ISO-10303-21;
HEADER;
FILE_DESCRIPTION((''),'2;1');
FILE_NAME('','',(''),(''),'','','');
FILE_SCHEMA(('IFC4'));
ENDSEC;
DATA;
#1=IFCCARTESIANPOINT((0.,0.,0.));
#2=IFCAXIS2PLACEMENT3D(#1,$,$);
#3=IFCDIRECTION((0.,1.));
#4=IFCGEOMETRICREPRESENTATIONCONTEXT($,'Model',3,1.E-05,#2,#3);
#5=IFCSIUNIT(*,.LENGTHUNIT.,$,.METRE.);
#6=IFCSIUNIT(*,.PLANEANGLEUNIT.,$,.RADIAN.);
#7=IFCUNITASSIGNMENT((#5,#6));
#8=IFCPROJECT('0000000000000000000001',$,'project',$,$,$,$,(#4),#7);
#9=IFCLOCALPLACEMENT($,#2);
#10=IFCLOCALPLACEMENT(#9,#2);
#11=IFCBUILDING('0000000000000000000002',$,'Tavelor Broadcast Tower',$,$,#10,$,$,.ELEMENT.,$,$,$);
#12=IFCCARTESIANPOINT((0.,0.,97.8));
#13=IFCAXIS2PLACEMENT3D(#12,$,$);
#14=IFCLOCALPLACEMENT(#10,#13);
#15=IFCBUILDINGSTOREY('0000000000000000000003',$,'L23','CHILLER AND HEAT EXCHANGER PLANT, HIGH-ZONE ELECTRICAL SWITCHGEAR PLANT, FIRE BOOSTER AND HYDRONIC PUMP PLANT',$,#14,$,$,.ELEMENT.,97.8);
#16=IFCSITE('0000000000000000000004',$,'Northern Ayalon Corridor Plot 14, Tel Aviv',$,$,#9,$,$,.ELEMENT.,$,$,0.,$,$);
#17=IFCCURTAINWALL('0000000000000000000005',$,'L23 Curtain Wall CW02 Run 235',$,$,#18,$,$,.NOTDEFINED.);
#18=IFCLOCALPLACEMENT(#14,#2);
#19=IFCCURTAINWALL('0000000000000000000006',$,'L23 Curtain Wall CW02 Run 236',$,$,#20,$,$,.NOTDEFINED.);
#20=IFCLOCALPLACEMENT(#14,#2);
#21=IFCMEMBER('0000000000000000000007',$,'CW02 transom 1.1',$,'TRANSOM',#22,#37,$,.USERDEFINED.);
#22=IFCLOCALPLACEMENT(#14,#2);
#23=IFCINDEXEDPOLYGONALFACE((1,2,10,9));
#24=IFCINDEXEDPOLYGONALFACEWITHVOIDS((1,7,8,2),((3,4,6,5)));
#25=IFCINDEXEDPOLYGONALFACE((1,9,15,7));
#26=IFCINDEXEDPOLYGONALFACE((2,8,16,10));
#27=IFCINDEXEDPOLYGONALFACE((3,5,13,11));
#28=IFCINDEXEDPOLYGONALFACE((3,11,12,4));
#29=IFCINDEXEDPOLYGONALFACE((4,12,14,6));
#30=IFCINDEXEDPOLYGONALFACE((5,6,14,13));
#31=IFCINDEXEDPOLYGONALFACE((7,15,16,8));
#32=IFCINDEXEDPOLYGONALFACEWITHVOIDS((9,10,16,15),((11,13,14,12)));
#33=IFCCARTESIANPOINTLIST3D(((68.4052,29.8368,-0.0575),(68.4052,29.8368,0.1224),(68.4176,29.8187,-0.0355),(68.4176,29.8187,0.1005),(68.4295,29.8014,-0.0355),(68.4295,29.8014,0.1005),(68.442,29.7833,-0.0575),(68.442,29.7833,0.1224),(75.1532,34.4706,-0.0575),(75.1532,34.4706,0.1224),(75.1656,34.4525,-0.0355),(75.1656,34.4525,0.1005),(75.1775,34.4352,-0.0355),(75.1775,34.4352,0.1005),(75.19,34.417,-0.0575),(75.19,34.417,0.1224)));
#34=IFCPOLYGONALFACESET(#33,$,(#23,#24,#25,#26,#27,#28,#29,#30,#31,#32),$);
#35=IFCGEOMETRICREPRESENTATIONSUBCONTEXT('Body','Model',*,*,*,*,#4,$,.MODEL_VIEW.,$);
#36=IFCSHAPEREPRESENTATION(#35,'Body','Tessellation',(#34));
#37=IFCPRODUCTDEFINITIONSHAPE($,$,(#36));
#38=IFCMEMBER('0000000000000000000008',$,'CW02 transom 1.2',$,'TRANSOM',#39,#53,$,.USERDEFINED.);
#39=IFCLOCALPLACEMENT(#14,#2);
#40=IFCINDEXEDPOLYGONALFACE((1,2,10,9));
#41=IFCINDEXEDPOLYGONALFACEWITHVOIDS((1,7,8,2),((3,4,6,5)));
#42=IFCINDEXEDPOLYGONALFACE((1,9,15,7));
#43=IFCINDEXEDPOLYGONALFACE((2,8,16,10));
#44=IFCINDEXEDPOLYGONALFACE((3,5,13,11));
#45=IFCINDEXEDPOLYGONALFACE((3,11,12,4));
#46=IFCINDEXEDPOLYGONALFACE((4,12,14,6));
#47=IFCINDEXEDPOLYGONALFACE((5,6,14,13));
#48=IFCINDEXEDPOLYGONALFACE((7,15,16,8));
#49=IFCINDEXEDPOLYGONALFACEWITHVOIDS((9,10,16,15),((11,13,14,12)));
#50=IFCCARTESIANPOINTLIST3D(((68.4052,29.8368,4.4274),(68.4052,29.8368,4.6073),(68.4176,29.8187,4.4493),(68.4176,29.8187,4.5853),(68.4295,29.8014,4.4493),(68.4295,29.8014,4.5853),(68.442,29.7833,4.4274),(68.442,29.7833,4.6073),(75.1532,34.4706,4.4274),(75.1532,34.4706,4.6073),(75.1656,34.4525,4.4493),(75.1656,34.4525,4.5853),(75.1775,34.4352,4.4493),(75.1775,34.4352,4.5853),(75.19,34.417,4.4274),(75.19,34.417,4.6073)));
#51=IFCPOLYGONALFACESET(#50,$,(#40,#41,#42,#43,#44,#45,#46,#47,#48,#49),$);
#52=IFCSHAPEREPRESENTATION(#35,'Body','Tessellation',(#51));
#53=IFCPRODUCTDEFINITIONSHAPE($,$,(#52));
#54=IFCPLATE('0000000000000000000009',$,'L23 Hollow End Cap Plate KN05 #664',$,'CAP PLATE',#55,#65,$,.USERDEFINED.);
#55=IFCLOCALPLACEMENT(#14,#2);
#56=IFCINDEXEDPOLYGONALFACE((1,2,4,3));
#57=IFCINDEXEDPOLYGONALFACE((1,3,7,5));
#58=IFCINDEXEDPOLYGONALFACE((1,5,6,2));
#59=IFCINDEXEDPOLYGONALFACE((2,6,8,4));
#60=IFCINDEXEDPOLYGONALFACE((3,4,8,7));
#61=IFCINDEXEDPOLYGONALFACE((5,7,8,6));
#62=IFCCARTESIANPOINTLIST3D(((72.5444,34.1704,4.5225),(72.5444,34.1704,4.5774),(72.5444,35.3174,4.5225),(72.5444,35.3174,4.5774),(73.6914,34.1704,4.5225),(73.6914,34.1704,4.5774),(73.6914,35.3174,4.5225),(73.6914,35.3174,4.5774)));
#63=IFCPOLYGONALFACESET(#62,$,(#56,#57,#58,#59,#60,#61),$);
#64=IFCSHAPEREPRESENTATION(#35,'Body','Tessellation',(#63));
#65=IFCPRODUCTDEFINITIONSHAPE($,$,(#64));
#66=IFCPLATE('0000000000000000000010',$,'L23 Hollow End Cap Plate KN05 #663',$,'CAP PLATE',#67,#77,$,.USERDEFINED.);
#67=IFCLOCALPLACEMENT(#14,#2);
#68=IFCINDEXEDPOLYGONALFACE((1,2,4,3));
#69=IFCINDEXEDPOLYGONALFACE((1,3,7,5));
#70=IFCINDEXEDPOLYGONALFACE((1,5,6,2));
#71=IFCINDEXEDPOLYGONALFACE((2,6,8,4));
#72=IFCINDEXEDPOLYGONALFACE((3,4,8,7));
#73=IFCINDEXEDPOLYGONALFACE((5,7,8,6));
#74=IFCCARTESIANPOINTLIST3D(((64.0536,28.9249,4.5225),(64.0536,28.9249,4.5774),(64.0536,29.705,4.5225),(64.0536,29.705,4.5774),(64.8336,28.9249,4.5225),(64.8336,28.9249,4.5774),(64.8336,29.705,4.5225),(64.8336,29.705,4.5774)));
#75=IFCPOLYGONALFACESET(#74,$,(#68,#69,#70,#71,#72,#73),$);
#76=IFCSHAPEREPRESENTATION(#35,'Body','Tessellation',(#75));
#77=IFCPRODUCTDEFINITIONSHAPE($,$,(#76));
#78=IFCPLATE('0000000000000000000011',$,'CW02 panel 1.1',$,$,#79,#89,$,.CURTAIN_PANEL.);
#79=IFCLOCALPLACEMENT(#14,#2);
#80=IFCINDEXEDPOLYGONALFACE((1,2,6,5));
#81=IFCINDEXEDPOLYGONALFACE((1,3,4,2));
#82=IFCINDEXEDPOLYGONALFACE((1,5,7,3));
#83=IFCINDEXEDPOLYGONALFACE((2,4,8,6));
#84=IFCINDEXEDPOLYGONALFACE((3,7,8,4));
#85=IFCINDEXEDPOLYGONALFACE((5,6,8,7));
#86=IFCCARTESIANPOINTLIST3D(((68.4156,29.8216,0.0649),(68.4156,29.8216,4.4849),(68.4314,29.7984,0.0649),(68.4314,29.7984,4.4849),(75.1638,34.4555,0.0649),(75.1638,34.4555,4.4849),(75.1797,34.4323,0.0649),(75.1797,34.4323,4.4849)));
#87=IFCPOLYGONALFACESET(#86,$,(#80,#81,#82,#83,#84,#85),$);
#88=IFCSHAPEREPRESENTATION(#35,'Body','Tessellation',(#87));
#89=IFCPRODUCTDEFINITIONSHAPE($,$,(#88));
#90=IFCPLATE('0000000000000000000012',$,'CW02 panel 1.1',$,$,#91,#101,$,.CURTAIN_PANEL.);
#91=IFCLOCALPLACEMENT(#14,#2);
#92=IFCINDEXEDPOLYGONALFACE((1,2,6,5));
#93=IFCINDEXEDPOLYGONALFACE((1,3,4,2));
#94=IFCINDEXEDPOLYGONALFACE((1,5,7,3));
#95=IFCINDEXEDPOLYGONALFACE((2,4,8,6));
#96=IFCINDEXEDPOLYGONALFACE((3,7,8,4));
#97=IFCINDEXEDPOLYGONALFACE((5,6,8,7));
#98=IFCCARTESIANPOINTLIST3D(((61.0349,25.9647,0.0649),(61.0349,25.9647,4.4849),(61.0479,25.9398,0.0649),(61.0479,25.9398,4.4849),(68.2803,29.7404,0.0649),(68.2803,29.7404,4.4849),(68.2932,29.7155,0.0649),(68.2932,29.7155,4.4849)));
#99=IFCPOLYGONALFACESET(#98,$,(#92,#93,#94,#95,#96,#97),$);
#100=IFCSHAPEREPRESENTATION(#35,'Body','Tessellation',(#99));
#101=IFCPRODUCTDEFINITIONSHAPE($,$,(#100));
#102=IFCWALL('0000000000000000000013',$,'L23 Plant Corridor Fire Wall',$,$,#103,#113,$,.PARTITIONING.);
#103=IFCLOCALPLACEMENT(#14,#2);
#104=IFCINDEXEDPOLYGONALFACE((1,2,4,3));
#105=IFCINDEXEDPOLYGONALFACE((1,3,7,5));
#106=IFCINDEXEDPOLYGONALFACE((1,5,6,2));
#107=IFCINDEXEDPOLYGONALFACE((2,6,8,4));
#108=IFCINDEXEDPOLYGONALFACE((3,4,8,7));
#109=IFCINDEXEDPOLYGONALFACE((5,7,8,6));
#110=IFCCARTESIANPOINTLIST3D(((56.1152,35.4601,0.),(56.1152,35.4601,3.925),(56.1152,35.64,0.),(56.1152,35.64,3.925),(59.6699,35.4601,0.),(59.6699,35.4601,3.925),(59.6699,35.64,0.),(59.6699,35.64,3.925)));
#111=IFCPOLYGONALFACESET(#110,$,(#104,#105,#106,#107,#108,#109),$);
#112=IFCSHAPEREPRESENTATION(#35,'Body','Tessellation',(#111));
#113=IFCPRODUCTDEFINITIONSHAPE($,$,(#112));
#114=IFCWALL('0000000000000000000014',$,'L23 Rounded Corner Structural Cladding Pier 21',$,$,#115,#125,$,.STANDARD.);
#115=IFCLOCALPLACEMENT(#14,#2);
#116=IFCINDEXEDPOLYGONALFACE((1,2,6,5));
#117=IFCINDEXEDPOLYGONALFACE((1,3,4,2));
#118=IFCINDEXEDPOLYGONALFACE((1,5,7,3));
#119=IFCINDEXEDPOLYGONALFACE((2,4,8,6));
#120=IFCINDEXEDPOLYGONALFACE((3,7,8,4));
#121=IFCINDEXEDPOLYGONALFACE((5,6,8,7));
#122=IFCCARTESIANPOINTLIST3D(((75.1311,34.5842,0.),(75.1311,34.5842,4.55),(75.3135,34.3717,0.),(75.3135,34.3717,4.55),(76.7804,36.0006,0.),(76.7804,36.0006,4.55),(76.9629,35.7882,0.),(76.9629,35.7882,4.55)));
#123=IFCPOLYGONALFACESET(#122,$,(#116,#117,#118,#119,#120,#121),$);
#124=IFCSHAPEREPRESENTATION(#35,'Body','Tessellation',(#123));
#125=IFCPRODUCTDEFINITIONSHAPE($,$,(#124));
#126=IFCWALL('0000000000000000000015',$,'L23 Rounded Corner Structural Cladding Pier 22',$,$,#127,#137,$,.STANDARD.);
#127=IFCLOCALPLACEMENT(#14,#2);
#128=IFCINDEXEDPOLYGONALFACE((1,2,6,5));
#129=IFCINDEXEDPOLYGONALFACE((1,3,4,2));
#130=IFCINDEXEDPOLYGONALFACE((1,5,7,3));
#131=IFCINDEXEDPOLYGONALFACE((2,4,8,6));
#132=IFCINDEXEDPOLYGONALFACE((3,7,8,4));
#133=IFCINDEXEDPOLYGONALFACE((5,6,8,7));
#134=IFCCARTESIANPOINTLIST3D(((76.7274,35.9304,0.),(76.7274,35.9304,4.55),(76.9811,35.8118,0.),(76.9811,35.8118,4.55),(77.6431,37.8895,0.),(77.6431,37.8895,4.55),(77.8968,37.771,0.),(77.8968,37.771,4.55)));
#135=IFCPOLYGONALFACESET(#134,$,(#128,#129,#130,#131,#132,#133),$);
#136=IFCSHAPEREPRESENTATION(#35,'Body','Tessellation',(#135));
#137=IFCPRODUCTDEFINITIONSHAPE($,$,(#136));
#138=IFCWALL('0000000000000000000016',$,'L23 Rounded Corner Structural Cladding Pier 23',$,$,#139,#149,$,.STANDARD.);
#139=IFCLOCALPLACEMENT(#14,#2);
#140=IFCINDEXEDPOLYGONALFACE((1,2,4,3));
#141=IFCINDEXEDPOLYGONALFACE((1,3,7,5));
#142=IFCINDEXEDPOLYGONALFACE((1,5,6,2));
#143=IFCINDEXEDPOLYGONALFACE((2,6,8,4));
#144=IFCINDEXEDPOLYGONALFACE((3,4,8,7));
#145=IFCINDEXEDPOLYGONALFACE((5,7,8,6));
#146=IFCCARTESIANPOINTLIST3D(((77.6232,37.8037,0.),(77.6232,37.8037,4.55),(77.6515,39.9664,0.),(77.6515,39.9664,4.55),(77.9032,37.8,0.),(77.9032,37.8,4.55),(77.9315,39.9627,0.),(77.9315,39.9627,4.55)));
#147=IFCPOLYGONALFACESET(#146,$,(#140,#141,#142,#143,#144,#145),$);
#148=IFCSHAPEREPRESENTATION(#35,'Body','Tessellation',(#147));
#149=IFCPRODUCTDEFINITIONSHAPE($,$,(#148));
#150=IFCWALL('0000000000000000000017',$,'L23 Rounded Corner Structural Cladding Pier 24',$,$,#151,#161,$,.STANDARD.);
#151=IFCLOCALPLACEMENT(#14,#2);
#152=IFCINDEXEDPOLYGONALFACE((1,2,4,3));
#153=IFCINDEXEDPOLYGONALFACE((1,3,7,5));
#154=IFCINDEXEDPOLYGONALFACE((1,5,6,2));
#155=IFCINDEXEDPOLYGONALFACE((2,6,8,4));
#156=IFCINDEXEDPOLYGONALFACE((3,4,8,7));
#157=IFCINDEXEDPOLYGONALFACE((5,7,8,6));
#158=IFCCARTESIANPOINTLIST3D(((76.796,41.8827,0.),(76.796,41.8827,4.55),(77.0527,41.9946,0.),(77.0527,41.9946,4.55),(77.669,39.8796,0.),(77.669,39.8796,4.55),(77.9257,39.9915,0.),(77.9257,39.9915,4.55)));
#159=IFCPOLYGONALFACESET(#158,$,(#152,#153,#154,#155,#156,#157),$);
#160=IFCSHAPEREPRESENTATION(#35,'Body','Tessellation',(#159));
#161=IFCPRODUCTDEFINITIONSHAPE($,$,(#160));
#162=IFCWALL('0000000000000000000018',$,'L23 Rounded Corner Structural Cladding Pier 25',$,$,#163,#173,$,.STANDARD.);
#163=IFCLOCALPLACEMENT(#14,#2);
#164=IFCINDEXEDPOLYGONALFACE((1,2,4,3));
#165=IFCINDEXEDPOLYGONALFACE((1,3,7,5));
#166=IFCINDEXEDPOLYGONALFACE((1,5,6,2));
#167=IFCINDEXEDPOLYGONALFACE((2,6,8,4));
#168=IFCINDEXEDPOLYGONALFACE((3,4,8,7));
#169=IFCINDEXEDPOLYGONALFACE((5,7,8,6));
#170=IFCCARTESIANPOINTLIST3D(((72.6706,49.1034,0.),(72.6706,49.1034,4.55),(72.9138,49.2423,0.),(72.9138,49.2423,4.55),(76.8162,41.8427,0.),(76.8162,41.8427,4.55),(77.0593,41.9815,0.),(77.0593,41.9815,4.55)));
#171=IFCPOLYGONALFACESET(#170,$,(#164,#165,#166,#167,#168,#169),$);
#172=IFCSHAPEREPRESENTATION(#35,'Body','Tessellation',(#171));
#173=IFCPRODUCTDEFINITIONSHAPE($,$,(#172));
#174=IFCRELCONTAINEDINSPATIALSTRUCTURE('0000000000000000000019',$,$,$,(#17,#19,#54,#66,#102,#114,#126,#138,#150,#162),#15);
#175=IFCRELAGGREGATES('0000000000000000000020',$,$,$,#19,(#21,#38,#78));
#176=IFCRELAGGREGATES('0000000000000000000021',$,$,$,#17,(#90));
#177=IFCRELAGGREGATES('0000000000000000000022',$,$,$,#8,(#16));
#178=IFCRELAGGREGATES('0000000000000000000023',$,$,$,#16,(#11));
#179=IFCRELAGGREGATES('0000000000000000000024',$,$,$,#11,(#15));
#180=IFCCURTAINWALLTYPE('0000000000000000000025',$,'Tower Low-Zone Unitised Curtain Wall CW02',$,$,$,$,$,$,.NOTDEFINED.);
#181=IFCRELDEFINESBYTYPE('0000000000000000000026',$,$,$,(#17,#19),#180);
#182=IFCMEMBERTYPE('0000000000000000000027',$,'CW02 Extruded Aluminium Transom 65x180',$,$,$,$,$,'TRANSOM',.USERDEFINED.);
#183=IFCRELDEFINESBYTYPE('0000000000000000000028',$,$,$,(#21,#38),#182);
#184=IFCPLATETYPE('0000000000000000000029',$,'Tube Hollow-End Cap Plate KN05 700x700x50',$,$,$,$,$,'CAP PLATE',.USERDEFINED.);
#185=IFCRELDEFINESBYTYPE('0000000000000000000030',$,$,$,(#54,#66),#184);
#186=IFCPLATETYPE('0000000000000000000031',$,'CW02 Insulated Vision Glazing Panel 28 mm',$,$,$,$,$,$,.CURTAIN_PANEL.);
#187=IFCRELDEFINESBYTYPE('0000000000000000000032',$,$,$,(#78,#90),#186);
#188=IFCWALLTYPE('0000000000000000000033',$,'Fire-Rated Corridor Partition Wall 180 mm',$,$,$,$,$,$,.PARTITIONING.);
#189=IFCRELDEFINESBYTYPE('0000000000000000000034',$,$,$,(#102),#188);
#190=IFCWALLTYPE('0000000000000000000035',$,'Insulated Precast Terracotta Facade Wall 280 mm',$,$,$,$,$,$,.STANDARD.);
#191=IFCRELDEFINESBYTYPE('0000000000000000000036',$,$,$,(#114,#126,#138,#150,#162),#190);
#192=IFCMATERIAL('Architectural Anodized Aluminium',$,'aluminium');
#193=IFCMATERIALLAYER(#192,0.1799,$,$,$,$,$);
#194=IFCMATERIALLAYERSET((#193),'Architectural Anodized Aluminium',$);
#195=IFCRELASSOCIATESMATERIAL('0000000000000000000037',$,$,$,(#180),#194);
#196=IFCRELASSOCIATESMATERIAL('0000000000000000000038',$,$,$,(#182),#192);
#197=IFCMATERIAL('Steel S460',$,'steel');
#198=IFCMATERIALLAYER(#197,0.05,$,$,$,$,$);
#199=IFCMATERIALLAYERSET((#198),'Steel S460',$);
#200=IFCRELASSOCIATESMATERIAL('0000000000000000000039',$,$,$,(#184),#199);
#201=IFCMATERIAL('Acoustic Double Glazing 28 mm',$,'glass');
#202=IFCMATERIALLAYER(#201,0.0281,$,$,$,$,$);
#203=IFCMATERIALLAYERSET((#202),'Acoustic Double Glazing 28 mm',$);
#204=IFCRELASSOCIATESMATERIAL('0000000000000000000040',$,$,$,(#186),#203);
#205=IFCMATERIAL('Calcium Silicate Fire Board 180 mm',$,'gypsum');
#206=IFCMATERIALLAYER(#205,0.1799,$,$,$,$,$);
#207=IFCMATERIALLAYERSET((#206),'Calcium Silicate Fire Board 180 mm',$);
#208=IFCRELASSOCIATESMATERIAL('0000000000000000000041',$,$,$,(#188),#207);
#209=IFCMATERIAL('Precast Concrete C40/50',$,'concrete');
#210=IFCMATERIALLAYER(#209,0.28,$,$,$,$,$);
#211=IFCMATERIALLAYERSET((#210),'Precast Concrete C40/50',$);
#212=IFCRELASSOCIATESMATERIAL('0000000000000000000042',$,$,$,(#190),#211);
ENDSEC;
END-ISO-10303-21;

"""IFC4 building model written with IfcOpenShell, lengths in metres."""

from ifc_helpers import new_model, si_unit, direction, frame, frame_2d, origin, origin_2d, place, context, subcontext, project, spatial, rectangle, hollow_rectangle, extrude, source, transform, mapped, material, layer, layer_set, material_profile, profile_set, type_object, type_shapes, element, aggregate, save


model = new_model("IFC4")

# Units and contexts
model_context = context("Model", 3, precision=1e-05, world=origin(), true_north=direction((0.0, 1.0)))
body_context = subcontext(model_context, "Body", "Model", "MODEL_VIEW")
ifc_project = project(units=[si_unit("LENGTHUNIT", "METRE"), si_unit("PLANEANGLEUNIT", "RADIAN")], contexts=[model_context])

# Site, building, storey
site_placement = place(None, origin())
site = spatial("IfcSite", under=ifc_project, at=site_placement, Name="Northern Ayalon Corridor Plot 14, Tel Aviv", CompositionType="ELEMENT", RefElevation=0.0)
building_placement = place(site_placement, origin())
building = spatial("IfcBuilding", under=site, at=building_placement, Name="Tavelor Broadcast Tower", CompositionType="ELEMENT")
storey_placement = place(building_placement, frame((0.0, 0.0, 97.8)))
storey = spatial("IfcBuildingStorey", under=building, at=storey_placement, Name="L23", Description="CHILLER AND HEAT EXCHANGER PLANT, HIGH-ZONE ELECTRICAL SWITCHGEAR PLANT, FIRE BOOSTER AND HYDRONIC PUMP PLANT", CompositionType="ELEMENT", Elevation=97.8)

# Shared definitions
ifc_material_1 = material(Name="Steel S460", Category="steel")

# Shared definitions
ifc_material_2 = material(Name="Architectural Anodized Aluminium", Category="aluminium")
ifc_layer_1 = layer(ifc_material_2, 0.1799)
ifc_layer_set_1 = layer_set([ifc_layer_1], Name="Architectural Anodized Aluminium")
curtain_wall_type = type_object("IfcCurtainWallType", Name="Tower Low-Zone Unitised Curtain Wall CW02", PredefinedType="NOTDEFINED", material=ifc_layer_set_1)

# Curtain walls
curtain_wall_1_placement = place(storey_placement, origin())
curtain_wall_1 = element("IfcCurtainWall", 1, at=curtain_wall_1_placement, inside=storey, type_object=curtain_wall_type, Name="L23 Curtain Wall CW02 Run 235", PredefinedType="NOTDEFINED")
curtain_wall_2_placement = place(storey_placement, origin())
curtain_wall_2 = element("IfcCurtainWall", 2, at=curtain_wall_2_placement, inside=storey, type_object=curtain_wall_type, Name="L23 Curtain Wall CW02 Run 236", PredefinedType="NOTDEFINED")

# Members
ifc_material_profile_1 = material_profile(ifc_material_2, hollow_rectangle(XDim=0.0649, YDim=0.1799, WallThickness=0.022, at=origin_2d()), Name="RHS 65x180x22")
ifc_profile_set_1 = profile_set([ifc_material_profile_1], Name="Architectural Anodized Aluminium")
member_type_1 = type_object("IfcMemberType", Name="CW02 Extruded Aluminium Transom 65x180", ElementType="TRANSOM", PredefinedType="USERDEFINED", material=ifc_profile_set_1)
shared_shape_1 = source(origin(), body_context, "Body", "SweptSolid", [
    extrude(hollow_rectangle(XDim=0.0649, YDim=0.1799, WallThickness=0.022, at=origin_2d()), origin(), (0.0, 0.0, 1.0), 8.1858),
])
member_1_placement = place(storey_placement, frame((68.4236, 29.8101, 0.0325), z_axis=(0.824355, 0.566073, 0.0), x_axis=(-0.566073, 0.824355, 0.0)))
member_1 = element("IfcMember", 3, at=member_1_placement, type_object=member_type_1, Name="CW02 transom 1.1", ObjectType="TRANSOM", PredefinedType="USERDEFINED", context=body_context, shape_type="MappedRepresentation", body=[
    mapped(shared_shape_1, transform((0.0, 0.0, 0.0), scale=1.0)),
])
member_2_placement = place(storey_placement, frame((68.4236, 29.8101, 4.5173), z_axis=(0.824355, 0.566073, 0.0), x_axis=(-0.566073, 0.824355, 0.0)))
member_2 = element("IfcMember", 4, at=member_2_placement, type_object=member_type_1, Name="CW02 transom 1.2", ObjectType="TRANSOM", PredefinedType="USERDEFINED", context=body_context, shape_type="MappedRepresentation", body=[
    mapped(shared_shape_1, transform((0.0, 0.0, 0.0), scale=1.0)),
])

# Plates
ifc_layer_2 = layer(ifc_material_1, 0.05)
ifc_layer_set_2 = layer_set([ifc_layer_2], Name="Steel S460")
plate_type_1 = type_object("IfcPlateType", Name="Tube Hollow-End Cap Plate KN05 700x700x50", ElementType="CAP PLATE", PredefinedType="USERDEFINED", material=ifc_layer_set_2)
shared_shape_2 = source(origin(), body_context, "Body", "SweptSolid", [
    extrude(rectangle(XDim=1.147, YDim=1.147, at=origin_2d()), origin(), (0.0, 0.0, 1.0), 0.0549),
])
plate_1_placement = place(storey_placement, frame((73.1179, 34.7439, 4.5225), z_axis=(0.0, 0.0, 1.0), x_axis=(1.0, 0.0, 0.0)))
element("IfcPlate", 5, at=plate_1_placement, inside=storey, type_object=plate_type_1, Name="L23 Hollow End Cap Plate KN05 #664", ObjectType="CAP PLATE", PredefinedType="USERDEFINED", context=body_context, shape_type="MappedRepresentation", body=[
    mapped(shared_shape_2, transform((0.0, 0.0, 0.0), scale=1.0)),
])
shared_shape_3 = source(origin(), body_context, "Body", "SweptSolid", [
    extrude(rectangle(XDim=0.78, YDim=0.78, at=origin_2d()), origin(), (0.0, 0.0, 1.0), 0.0549),
])
type_shapes(plate_type_1, [shared_shape_2, shared_shape_3])
plate_2_placement = place(storey_placement, frame((64.4436, 29.3149, 4.5225), z_axis=(0.0, 0.0, 1.0), x_axis=(1.0, 0.0, 0.0)))
element("IfcPlate", 6, at=plate_2_placement, inside=storey, type_object=plate_type_1, Name="L23 Hollow End Cap Plate KN05 #663", ObjectType="CAP PLATE", PredefinedType="USERDEFINED", context=body_context, shape_type="MappedRepresentation", body=[
    mapped(shared_shape_3, transform((0.0, 0.0, 0.0), scale=1.0)),
])

# Plates
ifc_material_3 = material(Name="Acoustic Double Glazing 28 mm", Category="glass")
ifc_layer_3 = layer(ifc_material_3, 0.0281)
ifc_layer_set_3 = layer_set([ifc_layer_3], Name="Acoustic Double Glazing 28 mm")
plate_type_2 = type_object("IfcPlateType", Name="CW02 Insulated Vision Glazing Panel 28 mm", PredefinedType="CURTAIN_PANEL", material=ifc_layer_set_3)
shared_shape_4 = source(origin(), body_context, "Body", "SweptSolid", [
    extrude(rectangle(XDim=8.186, YDim=0.0281, at=origin_2d()), origin(), (0.0, 0.0, 1.0), 4.4199),
])
plate_3_placement = place(storey_placement, frame((71.7976, 32.127, 0.0649), z_axis=(0.0, 0.0, 1.0), x_axis=(0.824357, 0.56607, 0.0)))
plate_3 = element("IfcPlate", 7, at=plate_3_placement, type_object=plate_type_2, Name="CW02 panel 1.1", PredefinedType="CURTAIN_PANEL", context=body_context, shape_type="MappedRepresentation", body=[
    mapped(shared_shape_4, transform((0.0, 0.0, 0.0), scale=1.0)),
])
aggregate(curtain_wall_2, [member_1, member_2, plate_3])
shared_shape_5 = source(origin(), body_context, "Body", "SweptSolid", [
    extrude(rectangle(XDim=8.1702, YDim=0.0281, at=origin_2d()), origin(), (0.0, 0.0, 1.0), 4.4199),
])
type_shapes(plate_type_2, [shared_shape_4, shared_shape_5])
plate_4_placement = place(storey_placement, frame((64.6641, 27.8401, 0.0649), z_axis=(0.0, 0.0, 1.0), x_axis=(0.886808, 0.462139, 0.0)))
plate_4 = element("IfcPlate", 8, at=plate_4_placement, type_object=plate_type_2, Name="CW02 panel 1.1", PredefinedType="CURTAIN_PANEL", context=body_context, shape_type="MappedRepresentation", body=[
    mapped(shared_shape_5, transform((0.0, 0.0, 0.0), scale=1.0)),
])
aggregate(curtain_wall_1, [plate_4])

# Walls
ifc_material_4 = material(Name="Calcium Silicate Fire Board 180 mm", Category="gypsum")
ifc_layer_4 = layer(ifc_material_4, 0.1799)
ifc_layer_set_4 = layer_set([ifc_layer_4], Name="Calcium Silicate Fire Board 180 mm")
wall_type_1 = type_object("IfcWallType", Name="Fire-Rated Corridor Partition Wall 180 mm", PredefinedType="PARTITIONING", material=ifc_layer_set_4)
wall_1_placement = place(storey_placement, frame((59.6699, 35.55, 0.0), z_axis=(0.0, 0.0, 1.0), x_axis=(-1.0, 0.0, 0.0)))
element("IfcWall", 9, at=wall_1_placement, inside=storey, type_object=wall_type_1, Name="L23 Plant Corridor Fire Wall", PredefinedType="PARTITIONING", context=body_context, shape_type="SweptSolid", body=[
    extrude(rectangle(XDim=3.5547, YDim=0.1799, at=frame_2d((1.7773, 0.0))), origin(), (0.0, 0.0, 1.0), 3.925),
])
ifc_material_5 = material(Name="Precast Concrete C40/50", Category="concrete")
ifc_layer_5 = layer(ifc_material_5, 0.28)
ifc_layer_set_5 = layer_set([ifc_layer_5], Name="Precast Concrete C40/50")
wall_type_2 = type_object("IfcWallType", Name="Insulated Precast Terracotta Facade Wall 280 mm", PredefinedType="STANDARD", material=ifc_layer_set_5)
wall_2_placement = place(storey_placement, frame((75.2224, 34.478, 0.0), z_axis=(0.0, 0.0, 1.0), x_axis=(0.758638, 0.651512, 0.0)))
element("IfcWall", 10, at=wall_2_placement, inside=storey, type_object=wall_type_2, Name="L23 Rounded Corner Structural Cladding Pier 21", PredefinedType="STANDARD", context=body_context, shape_type="SweptSolid", body=[
    extrude(rectangle(XDim=2.1741, YDim=0.28, at=frame_2d((1.0869, 0.0))), origin(), (0.0, 0.0, 1.0), 4.55),
])
wall_3_placement = place(storey_placement, frame((76.8542, 35.8711, 0.0), z_axis=(0.0, 0.0, 1.0), x_axis=(0.423442, 0.905923, 0.0)))
element("IfcWall", 11, at=wall_3_placement, inside=storey, type_object=wall_type_2, Name="L23 Rounded Corner Structural Cladding Pier 22", PredefinedType="STANDARD", context=body_context, shape_type="SweptSolid", body=[
    extrude(rectangle(XDim=2.1626, YDim=0.28, at=frame_2d((1.0813, 0.0))), origin(), (0.0, 0.0, 1.0), 4.55),
])
wall_4_placement = place(storey_placement, frame((77.7632, 37.8018, 0.0), z_axis=(0.0, 0.0, 1.0), x_axis=(0.013094, 0.999914, 0.0)))
element("IfcWall", 12, at=wall_4_placement, inside=storey, type_object=wall_type_2, Name="L23 Rounded Corner Structural Cladding Pier 23", PredefinedType="STANDARD", context=body_context, shape_type="SweptSolid", body=[
    extrude(rectangle(XDim=2.1628, YDim=0.28, at=frame_2d((1.0815, 0.0))), origin(), (0.0, 0.0, 1.0), 4.55),
])
wall_5_placement = place(storey_placement, frame((77.7974, 39.9355, 0.0), z_axis=(0.0, 0.0, 1.0), x_axis=(-0.399535, 0.916718, 0.0)))
element("IfcWall", 13, at=wall_5_placement, inside=storey, type_object=wall_type_2, Name="L23 Rounded Corner Structural Cladding Pier 24", PredefinedType="STANDARD", context=body_context, shape_type="SweptSolid", body=[
    extrude(rectangle(XDim=2.1851, YDim=0.28, at=frame_2d((1.0925, 0.0))), origin(), (0.0, 0.0, 1.0), 4.55),
])
wall_6_placement = place(storey_placement, frame((76.9377, 41.9121, 0.0), z_axis=(0.0, 0.0, 1.0), x_axis=(-0.495824, 0.868423, 0.0)))
element("IfcWall", 14, at=wall_6_placement, inside=storey, type_object=wall_type_2, Name="L23 Rounded Corner Structural Cladding Pier 25", PredefinedType="STANDARD", context=body_context, shape_type="SweptSolid", body=[
    extrude(rectangle(XDim=8.3608, YDim=0.28, at=frame_2d((4.1804, 0.0))), origin(), (0.0, 0.0, 1.0), 4.55),
])

save(model, "model.ifc")
